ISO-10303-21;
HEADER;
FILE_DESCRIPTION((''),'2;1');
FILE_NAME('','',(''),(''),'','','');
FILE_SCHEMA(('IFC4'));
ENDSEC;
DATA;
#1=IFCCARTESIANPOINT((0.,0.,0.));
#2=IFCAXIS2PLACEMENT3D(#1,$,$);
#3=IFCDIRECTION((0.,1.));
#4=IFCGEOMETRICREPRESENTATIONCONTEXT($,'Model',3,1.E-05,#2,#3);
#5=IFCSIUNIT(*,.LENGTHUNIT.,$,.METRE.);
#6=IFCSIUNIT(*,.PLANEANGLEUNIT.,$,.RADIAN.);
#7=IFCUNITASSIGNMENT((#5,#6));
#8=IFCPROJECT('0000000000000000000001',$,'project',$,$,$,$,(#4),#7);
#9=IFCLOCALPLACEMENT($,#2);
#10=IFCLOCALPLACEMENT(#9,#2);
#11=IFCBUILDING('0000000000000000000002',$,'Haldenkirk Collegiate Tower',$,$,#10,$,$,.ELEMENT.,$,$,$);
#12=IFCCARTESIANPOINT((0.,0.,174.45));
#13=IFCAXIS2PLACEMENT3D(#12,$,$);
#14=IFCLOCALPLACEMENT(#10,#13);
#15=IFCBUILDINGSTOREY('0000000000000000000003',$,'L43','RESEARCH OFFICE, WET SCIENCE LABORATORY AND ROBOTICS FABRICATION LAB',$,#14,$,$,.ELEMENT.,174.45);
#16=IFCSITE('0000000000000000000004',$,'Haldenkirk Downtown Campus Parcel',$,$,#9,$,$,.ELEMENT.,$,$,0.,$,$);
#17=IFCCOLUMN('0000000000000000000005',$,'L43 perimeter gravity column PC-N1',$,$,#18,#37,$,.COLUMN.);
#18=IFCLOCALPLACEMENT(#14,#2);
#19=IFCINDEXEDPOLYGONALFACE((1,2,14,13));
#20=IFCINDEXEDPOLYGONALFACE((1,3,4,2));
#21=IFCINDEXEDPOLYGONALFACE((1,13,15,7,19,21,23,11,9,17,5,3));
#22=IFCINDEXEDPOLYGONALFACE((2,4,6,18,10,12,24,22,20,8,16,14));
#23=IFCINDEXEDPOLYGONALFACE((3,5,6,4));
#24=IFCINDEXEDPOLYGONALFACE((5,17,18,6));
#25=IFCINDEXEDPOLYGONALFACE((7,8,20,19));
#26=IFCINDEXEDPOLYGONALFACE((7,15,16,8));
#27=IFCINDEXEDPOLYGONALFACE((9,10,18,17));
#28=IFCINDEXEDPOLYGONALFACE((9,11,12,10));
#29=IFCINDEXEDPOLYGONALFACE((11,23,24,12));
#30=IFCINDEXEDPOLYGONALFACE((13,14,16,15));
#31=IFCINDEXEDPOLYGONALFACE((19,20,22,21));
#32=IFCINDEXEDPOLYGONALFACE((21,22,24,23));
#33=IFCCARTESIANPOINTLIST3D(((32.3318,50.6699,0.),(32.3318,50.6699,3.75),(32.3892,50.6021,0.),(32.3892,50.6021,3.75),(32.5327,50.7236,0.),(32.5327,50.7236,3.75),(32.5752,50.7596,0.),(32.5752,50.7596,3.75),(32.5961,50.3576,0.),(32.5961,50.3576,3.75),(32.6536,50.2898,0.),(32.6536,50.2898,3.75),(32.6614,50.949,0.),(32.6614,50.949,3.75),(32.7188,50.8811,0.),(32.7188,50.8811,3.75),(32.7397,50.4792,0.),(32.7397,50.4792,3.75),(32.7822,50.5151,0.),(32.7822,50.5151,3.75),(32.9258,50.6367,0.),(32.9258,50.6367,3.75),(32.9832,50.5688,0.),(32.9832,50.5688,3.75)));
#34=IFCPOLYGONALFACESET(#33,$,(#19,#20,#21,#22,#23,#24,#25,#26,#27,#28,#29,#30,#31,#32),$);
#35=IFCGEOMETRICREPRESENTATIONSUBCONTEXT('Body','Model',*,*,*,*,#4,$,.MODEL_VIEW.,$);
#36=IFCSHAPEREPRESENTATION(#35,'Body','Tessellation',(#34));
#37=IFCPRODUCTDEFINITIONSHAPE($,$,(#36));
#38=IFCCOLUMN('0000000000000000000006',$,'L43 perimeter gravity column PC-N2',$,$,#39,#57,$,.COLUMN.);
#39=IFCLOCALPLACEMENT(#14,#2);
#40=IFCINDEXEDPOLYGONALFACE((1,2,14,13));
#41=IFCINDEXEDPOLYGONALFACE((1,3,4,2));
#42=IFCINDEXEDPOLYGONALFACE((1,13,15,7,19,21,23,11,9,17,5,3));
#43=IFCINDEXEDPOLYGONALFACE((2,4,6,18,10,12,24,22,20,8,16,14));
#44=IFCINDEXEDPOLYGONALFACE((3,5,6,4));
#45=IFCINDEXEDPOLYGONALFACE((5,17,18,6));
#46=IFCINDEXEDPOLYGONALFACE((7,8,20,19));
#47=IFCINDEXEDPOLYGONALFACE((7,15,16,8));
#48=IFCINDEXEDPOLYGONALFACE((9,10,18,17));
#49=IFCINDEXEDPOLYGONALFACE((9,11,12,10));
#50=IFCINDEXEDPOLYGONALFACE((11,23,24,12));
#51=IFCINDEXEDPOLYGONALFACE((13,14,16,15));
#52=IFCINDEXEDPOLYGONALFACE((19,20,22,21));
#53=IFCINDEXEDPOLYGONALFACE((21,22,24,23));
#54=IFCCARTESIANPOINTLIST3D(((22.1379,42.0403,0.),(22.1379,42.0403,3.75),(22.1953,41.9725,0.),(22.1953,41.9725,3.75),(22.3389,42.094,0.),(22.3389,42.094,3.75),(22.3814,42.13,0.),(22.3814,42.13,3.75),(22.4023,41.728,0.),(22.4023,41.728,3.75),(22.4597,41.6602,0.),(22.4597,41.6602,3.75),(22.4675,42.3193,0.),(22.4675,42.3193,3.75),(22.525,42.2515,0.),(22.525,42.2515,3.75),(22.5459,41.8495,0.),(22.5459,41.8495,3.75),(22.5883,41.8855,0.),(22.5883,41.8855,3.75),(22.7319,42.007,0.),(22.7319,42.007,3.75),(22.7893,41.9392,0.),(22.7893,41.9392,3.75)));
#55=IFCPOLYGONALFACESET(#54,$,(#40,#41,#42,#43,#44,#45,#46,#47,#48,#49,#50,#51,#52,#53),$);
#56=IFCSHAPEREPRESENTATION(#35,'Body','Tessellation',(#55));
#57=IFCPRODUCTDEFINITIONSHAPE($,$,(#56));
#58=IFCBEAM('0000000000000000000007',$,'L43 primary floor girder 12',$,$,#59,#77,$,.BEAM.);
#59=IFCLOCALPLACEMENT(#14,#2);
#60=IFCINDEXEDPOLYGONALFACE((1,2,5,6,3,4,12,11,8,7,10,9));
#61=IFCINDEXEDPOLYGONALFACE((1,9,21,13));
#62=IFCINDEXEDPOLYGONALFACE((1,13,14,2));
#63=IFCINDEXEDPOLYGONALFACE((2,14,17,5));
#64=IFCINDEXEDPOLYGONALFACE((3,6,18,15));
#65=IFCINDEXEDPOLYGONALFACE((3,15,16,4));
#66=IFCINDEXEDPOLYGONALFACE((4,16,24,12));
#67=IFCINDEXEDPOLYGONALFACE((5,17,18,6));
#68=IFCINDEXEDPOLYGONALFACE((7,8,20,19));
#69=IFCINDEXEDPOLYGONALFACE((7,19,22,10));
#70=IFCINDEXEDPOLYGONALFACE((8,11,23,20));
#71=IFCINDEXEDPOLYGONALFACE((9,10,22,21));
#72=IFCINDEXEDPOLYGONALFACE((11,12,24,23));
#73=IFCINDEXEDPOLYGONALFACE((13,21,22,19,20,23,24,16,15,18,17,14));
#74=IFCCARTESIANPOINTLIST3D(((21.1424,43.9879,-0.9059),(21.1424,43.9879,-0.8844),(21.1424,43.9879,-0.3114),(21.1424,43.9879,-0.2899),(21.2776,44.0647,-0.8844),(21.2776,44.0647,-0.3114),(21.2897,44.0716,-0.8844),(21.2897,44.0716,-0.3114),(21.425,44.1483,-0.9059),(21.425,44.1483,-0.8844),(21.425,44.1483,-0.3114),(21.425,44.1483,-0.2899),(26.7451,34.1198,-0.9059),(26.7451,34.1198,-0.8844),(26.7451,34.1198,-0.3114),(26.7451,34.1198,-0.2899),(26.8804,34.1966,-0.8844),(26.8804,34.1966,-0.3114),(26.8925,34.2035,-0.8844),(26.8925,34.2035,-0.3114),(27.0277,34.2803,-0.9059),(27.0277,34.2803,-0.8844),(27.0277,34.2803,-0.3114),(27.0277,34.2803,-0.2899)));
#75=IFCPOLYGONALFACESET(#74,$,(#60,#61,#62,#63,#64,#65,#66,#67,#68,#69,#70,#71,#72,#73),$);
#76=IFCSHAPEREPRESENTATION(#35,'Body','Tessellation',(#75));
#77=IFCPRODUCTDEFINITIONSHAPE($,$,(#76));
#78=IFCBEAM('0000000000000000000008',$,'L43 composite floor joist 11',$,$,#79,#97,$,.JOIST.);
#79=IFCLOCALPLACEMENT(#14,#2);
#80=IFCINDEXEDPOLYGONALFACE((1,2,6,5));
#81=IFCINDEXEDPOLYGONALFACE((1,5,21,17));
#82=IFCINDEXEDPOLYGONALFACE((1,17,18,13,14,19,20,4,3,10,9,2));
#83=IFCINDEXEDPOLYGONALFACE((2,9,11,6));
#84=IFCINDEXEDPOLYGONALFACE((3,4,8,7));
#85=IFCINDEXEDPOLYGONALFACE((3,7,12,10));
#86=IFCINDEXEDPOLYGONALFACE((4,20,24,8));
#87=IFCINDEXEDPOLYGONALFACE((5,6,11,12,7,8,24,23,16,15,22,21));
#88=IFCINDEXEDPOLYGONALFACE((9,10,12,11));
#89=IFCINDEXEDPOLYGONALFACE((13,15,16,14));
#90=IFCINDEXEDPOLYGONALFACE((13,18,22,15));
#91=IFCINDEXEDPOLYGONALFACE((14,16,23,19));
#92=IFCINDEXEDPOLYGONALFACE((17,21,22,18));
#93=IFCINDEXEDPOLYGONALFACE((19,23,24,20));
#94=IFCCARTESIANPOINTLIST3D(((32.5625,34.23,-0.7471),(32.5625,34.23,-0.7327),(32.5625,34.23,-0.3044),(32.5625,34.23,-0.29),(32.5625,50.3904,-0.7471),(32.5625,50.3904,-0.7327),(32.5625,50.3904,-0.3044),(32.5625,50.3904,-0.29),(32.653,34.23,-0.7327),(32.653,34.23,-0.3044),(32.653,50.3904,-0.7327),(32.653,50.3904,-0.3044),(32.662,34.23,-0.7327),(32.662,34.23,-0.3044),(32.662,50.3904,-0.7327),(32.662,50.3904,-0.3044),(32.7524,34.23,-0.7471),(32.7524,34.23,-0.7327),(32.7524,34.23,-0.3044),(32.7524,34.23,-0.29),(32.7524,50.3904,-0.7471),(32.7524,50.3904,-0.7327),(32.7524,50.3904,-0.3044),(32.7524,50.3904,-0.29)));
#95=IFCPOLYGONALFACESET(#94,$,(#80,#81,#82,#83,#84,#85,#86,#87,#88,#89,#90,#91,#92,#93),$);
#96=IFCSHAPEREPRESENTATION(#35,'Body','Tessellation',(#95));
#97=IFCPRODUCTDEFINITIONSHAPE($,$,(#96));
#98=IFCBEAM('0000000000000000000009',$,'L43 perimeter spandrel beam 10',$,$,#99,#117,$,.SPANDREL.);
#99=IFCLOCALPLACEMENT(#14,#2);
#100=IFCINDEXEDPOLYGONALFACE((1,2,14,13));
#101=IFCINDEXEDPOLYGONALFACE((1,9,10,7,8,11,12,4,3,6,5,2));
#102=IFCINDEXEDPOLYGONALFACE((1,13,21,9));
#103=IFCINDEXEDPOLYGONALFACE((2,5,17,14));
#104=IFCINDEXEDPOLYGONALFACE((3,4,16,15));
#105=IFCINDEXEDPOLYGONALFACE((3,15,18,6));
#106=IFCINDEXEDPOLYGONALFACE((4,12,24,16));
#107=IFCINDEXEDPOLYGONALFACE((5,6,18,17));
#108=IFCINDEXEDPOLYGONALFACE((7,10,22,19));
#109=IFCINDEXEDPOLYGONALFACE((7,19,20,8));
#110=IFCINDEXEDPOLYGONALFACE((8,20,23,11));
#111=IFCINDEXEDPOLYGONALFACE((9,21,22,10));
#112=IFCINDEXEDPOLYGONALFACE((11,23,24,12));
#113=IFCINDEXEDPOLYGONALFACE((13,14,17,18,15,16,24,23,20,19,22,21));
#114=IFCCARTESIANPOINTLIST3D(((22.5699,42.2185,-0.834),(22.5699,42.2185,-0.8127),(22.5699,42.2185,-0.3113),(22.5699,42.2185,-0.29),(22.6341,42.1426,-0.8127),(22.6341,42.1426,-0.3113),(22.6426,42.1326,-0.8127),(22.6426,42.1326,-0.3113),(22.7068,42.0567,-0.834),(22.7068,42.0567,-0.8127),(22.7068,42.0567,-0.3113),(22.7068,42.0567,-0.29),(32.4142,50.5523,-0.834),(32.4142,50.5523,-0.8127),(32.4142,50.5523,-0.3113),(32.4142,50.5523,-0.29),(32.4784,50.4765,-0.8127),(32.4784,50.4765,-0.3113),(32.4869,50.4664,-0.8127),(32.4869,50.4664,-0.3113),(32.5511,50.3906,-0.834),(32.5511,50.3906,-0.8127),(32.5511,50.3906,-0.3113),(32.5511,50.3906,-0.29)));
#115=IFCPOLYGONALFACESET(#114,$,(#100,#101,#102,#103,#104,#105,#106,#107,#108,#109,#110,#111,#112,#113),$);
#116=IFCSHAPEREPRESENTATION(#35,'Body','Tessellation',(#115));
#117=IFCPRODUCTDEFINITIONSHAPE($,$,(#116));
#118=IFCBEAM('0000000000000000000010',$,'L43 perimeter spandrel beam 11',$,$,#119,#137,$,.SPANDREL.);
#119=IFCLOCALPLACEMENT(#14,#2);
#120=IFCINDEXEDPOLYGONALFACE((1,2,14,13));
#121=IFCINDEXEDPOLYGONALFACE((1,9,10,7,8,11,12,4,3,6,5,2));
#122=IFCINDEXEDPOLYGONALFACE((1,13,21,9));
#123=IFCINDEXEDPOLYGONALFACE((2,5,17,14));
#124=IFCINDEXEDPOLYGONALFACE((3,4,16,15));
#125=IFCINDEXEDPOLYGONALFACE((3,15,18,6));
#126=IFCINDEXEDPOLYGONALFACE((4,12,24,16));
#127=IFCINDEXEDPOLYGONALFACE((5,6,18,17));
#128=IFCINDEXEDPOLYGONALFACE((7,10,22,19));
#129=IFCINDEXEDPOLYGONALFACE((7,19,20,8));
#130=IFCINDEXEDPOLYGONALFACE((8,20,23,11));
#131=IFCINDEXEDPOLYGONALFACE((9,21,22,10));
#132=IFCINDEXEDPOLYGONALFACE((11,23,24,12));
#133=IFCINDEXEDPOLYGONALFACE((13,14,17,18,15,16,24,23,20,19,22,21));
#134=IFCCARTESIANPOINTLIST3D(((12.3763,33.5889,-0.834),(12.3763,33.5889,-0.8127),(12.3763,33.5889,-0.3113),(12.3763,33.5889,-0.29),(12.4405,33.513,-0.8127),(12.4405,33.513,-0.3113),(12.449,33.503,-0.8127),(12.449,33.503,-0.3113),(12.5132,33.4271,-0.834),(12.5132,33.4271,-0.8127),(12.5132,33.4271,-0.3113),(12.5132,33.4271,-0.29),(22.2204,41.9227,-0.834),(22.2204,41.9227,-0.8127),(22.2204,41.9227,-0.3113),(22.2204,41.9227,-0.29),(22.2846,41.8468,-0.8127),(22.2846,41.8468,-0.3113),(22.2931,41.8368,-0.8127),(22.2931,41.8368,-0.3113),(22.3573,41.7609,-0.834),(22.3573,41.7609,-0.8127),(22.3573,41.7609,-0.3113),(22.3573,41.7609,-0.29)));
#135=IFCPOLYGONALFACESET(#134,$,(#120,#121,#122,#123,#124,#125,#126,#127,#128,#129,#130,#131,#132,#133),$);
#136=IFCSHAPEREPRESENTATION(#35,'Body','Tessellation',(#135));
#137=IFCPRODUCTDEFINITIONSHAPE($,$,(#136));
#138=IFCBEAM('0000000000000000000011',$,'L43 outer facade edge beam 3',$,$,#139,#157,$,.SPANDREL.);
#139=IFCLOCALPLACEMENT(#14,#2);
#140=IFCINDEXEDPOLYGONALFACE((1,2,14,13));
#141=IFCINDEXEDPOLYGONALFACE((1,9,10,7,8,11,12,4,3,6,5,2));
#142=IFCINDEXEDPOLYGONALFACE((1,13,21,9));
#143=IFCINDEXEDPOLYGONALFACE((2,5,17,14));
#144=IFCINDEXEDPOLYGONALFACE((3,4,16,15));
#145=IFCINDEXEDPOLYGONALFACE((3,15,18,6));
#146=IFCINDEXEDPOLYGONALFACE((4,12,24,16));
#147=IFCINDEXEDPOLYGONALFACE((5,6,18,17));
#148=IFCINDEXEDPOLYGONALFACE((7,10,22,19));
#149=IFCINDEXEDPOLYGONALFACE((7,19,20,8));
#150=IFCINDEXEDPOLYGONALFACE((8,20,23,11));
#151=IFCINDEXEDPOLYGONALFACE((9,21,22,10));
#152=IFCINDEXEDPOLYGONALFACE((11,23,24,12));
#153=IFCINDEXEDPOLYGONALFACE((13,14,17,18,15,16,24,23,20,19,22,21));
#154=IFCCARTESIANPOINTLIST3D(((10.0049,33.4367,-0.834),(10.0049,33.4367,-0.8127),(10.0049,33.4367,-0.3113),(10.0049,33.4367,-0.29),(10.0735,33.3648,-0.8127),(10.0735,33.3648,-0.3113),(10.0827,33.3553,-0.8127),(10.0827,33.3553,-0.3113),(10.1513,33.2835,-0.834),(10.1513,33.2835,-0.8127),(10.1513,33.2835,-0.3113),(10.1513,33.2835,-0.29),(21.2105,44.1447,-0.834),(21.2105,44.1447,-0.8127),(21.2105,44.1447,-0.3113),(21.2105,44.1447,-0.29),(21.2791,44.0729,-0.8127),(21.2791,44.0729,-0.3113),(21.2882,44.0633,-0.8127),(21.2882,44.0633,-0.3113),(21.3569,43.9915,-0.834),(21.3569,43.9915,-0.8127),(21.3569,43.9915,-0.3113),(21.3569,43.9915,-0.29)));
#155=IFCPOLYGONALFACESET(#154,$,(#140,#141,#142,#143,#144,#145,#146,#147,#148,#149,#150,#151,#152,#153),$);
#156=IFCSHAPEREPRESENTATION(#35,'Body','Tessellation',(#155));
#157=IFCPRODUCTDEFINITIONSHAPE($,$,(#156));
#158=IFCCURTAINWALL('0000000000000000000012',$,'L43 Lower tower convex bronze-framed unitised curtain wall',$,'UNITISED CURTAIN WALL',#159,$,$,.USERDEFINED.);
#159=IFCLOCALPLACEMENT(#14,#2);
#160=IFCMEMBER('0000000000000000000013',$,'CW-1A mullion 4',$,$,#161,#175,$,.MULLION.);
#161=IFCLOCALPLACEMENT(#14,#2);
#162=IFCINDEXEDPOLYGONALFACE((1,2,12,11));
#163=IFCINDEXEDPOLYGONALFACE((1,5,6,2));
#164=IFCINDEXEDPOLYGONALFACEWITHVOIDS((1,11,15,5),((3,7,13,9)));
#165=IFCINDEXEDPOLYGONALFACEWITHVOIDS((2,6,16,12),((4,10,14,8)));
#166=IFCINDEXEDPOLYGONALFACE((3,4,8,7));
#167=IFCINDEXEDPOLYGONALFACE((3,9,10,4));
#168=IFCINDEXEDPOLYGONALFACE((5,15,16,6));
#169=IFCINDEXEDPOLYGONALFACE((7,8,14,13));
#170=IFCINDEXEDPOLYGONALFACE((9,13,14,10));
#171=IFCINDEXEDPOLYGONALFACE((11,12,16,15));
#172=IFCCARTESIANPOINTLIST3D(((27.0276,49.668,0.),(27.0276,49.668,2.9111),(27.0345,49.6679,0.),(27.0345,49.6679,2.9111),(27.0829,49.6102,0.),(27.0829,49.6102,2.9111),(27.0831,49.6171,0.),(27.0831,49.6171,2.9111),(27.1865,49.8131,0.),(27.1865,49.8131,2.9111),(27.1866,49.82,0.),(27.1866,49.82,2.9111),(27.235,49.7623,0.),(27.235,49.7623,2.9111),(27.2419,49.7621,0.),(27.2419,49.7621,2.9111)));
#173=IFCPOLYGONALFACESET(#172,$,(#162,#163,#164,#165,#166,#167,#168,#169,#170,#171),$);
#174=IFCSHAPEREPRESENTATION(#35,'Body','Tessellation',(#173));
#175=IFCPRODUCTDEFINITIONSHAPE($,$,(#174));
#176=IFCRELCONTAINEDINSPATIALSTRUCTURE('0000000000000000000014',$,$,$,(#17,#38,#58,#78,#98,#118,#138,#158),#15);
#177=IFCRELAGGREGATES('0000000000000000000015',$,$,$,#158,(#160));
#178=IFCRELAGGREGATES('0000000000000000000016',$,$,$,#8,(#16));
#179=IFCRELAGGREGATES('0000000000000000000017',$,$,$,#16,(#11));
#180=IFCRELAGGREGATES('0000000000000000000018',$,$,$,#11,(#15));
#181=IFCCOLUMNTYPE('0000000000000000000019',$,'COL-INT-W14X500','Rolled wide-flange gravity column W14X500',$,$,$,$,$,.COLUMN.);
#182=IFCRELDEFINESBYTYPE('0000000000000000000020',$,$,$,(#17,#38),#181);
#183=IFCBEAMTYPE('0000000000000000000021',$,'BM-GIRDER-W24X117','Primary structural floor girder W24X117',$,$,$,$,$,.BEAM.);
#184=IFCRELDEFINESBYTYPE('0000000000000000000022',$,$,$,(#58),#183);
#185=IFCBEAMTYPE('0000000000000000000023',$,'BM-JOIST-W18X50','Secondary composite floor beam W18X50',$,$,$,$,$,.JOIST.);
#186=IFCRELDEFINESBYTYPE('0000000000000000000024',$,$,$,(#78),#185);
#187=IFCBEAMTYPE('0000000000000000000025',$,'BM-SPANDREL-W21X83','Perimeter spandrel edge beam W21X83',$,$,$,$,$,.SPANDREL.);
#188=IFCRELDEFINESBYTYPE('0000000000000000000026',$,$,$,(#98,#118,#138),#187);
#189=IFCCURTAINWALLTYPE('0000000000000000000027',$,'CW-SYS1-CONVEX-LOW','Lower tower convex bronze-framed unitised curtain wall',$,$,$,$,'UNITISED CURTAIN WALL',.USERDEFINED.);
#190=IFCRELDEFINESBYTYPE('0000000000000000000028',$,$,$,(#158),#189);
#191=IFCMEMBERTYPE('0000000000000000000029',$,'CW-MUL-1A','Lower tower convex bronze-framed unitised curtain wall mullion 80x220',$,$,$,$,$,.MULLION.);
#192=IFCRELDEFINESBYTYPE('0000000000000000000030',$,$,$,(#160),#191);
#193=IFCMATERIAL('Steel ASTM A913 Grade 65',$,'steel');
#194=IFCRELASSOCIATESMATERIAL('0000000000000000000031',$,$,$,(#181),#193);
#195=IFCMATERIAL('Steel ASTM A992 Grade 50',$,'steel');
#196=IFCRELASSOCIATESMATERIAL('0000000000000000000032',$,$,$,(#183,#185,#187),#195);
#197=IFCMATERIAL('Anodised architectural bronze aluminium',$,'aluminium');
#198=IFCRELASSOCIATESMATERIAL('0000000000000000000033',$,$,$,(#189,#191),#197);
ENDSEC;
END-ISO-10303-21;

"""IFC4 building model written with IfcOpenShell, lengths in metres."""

from ifc_helpers import new_model, si_unit, direction, frame, origin, origin_2d, place, context, subcontext, project, spatial, hollow_rectangle, i_section, extrude, material, material_profile, profile_set, type_object, element, aggregate, save


model = new_model("IFC4")

# Units and contexts
model_context = context("Model", 3, precision=1e-05, world=origin(), true_north=direction((0.0, 1.0)))
body_context = subcontext(model_context, "Body", "Model", "MODEL_VIEW")
ifc_project = project(units=[si_unit("LENGTHUNIT", "METRE"), si_unit("PLANEANGLEUNIT", "RADIAN")], contexts=[model_context])

# Site, building, storey
site_placement = place(None, origin())
site = spatial("IfcSite", under=ifc_project, at=site_placement, Name="Haldenkirk Downtown Campus Parcel", CompositionType="ELEMENT", RefElevation=0.0)
building_placement = place(site_placement, origin())
building = spatial("IfcBuilding", under=site, at=building_placement, Name="Haldenkirk Collegiate Tower", CompositionType="ELEMENT")
storey_placement = place(building_placement, frame((0.0, 0.0, 174.45)))
storey = spatial("IfcBuildingStorey", under=building, at=storey_placement, Name="L43", Description="RESEARCH OFFICE, WET SCIENCE LABORATORY AND ROBOTICS FABRICATION LAB", CompositionType="ELEMENT", Elevation=174.45)

# Columns
ifc_material_1 = material(Name="Steel ASTM A913 Grade 65", Category="steel")
ifc_material_profile_1 = material_profile(ifc_material_1, i_section(OverallWidth=0.4319, OverallDepth=0.498, WebThickness=0.0557, FlangeThickness=0.0889, at=origin_2d()), Name="W14X500")
ifc_profile_set_1 = profile_set([ifc_material_profile_1], Name="Steel ASTM A913 Grade 65")
column_type = type_object("IfcColumnType", Name="COL-INT-W14X500", Description="Rolled wide-flange gravity column W14X500", PredefinedType="COLUMN", material=ifc_profile_set_1)
for number, where, z_axis, x_axis, name in (
    (1, (32.6575, 50.6194, 0.0), (0.0, 0.0, 1.0), (0.763232, 0.646124, 0.0), "L43 perimeter gravity column PC-N1"),
    (2, (22.4636, 41.9897, 0.0), (0.0, 0.0, 1.0), (0.763232, 0.646124, 0.0), "L43 perimeter gravity column PC-N2"),
):
    element("IfcColumn", number, at=place(storey_placement, frame(where, z_axis=z_axis, x_axis=x_axis)), inside=storey, type_object=column_type, Name=name, PredefinedType="COLUMN", context=body_context, shape_type="SweptSolid", body=[
        extrude(i_section(OverallWidth=0.4319, OverallDepth=0.498, WebThickness=0.0557, FlangeThickness=0.0889, at=origin_2d()), origin(), (0.0, 0.0, 1.0), 3.75),
    ])

# Beams
ifc_material_2 = material(Name="Steel ASTM A992 Grade 50", Category="steel")
ifc_material_profile_2 = material_profile(ifc_material_2, i_section(OverallWidth=0.325, OverallDepth=0.616, WebThickness=0.0139, FlangeThickness=0.0215, at=origin_2d()), Name="W24X117")
ifc_profile_set_2 = profile_set([ifc_material_profile_2], Name="Steel ASTM A992 Grade 50")
beam_type_1 = type_object("IfcBeamType", Name="BM-GIRDER-W24X117", Description="Primary structural floor girder W24X117", PredefinedType="BEAM", material=ifc_profile_set_2)
beam_1_placement = place(storey_placement, frame((21.2837, 44.0681, -0.5979), z_axis=(0.493734, -0.869613, 0.0), x_axis=(0.869613, 0.493734, 0.0)))
element("IfcBeam", 3, at=beam_1_placement, inside=storey, type_object=beam_type_1, Name="L43 primary floor girder 12", PredefinedType="BEAM", context=body_context, shape_type="SweptSolid", body=[
    extrude(i_section(OverallWidth=0.325, OverallDepth=0.616, WebThickness=0.0139, FlangeThickness=0.0215, at=origin_2d()), origin(), (0.0, 0.0, 1.0), 11.3477),
])
ifc_material_profile_3 = material_profile(ifc_material_2, i_section(OverallWidth=0.1899, OverallDepth=0.457, WebThickness=0.009, FlangeThickness=0.0144, at=origin_2d()), Name="W18X50")
ifc_profile_set_3 = profile_set([ifc_material_profile_3], Name="Steel ASTM A992 Grade 50")
beam_type_2 = type_object("IfcBeamType", Name="BM-JOIST-W18X50", Description="Secondary composite floor beam W18X50", PredefinedType="JOIST", material=ifc_profile_set_3)
beam_2_placement = place(storey_placement, frame((32.6575, 50.3904, -0.5186), z_axis=(0.0, -1.0, 0.0), x_axis=(1.0, 0.0, 0.0)))
element("IfcBeam", 4, at=beam_2_placement, inside=storey, type_object=beam_type_2, Name="L43 composite floor joist 11", PredefinedType="JOIST", context=body_context, shape_type="SweptSolid", body=[
    extrude(i_section(OverallWidth=0.1899, OverallDepth=0.457, WebThickness=0.009, FlangeThickness=0.0144, at=origin_2d()), origin(), (0.0, 0.0, 1.0), 16.1604),
])
ifc_material_profile_4 = material_profile(ifc_material_2, i_section(OverallWidth=0.2119, OverallDepth=0.5439, WebThickness=0.0132, FlangeThickness=0.0212, at=origin_2d()), Name="W21X83")
ifc_profile_set_4 = profile_set([ifc_material_profile_4], Name="Steel ASTM A992 Grade 50")
beam_type_3 = type_object("IfcBeamType", Name="BM-SPANDREL-W21X83", Description="Perimeter spandrel edge beam W21X83", PredefinedType="SPANDREL", material=ifc_profile_set_4)
beam_3_placement = place(storey_placement, frame((32.4827, 50.4714, -0.562), z_axis=(-0.763233, -0.646123, 0.0), x_axis=(0.646123, -0.763233, 0.0)))
element("IfcBeam", 5, at=beam_3_placement, inside=storey, type_object=beam_type_3, Name="L43 perimeter spandrel beam 10", PredefinedType="SPANDREL", context=body_context, shape_type="SweptSolid", body=[
    extrude(i_section(OverallWidth=0.2119, OverallDepth=0.5439, WebThickness=0.0132, FlangeThickness=0.0212, at=origin_2d()), origin(), (0.0, 0.0, 1.0), 12.8982),
])
beam_4_placement = place(storey_placement, frame((22.2888, 41.8418, -0.562), z_axis=(-0.763225, -0.646132, 0.0), x_axis=(0.646132, -0.763225, 0.0)))
element("IfcBeam", 6, at=beam_4_placement, inside=storey, type_object=beam_type_3, Name="L43 perimeter spandrel beam 11", PredefinedType="SPANDREL", context=body_context, shape_type="SweptSolid", body=[
    extrude(i_section(OverallWidth=0.2119, OverallDepth=0.5439, WebThickness=0.0132, FlangeThickness=0.0212, at=origin_2d()), origin(), (0.0, 0.0, 1.0), 12.8979),
])
beam_5_placement = place(storey_placement, frame((21.2837, 44.0681, -0.562), z_axis=(-0.722976, -0.690874, 0.0), x_axis=(0.690874, -0.722976, 0.0)))
element("IfcBeam", 7, at=beam_5_placement, inside=storey, type_object=beam_type_3, Name="L43 outer facade edge beam 3", PredefinedType="SPANDREL", context=body_context, shape_type="SweptSolid", body=[
    extrude(i_section(OverallWidth=0.2119, OverallDepth=0.5439, WebThickness=0.0132, FlangeThickness=0.0212, at=origin_2d()), origin(), (0.0, 0.0, 1.0), 15.4993),
])

# Curtain wall, member
ifc_material_3 = material(Name="Anodised architectural bronze aluminium", Category="aluminium")
curtain_wall_type = type_object("IfcCurtainWallType", Name="CW-SYS1-CONVEX-LOW", Description="Lower tower convex bronze-framed unitised curtain wall", ElementType="UNITISED CURTAIN WALL", PredefinedType="USERDEFINED", material=ifc_material_3)
curtain_wall_placement = place(storey_placement, origin())
curtain_wall = element("IfcCurtainWall", 8, at=curtain_wall_placement, inside=storey, type_object=curtain_wall_type, Name="L43 Lower tower convex bronze-framed unitised curtain wall", ObjectType="UNITISED CURTAIN WALL", PredefinedType="USERDEFINED")
ifc_material_profile_5 = material_profile(ifc_material_3, hollow_rectangle(XDim=0.0801, YDim=0.22, WallThickness=0.0049, at=origin_2d()), Name="CW-MUL-1A")
ifc_profile_set_5 = profile_set([ifc_material_profile_5], Name="Anodised architectural bronze aluminium")
member_type_1 = type_object("IfcMemberType", Name="CW-MUL-1A", Description="Lower tower convex bronze-framed unitised curtain wall mullion 80x220", PredefinedType="MULLION", material=ifc_profile_set_5)
member_1_placement = place(storey_placement, frame((27.1348, 49.7151, 0.0), z_axis=(0.0, 0.0, 1.0), x_axis=(-0.690882, 0.722967, 0.0)))
member_1 = element("IfcMember", 9, at=member_1_placement, type_object=member_type_1, Name="CW-1A mullion 4", PredefinedType="MULLION", context=body_context, shape_type="SweptSolid", body=[
    extrude(hollow_rectangle(XDim=0.0801, YDim=0.22, WallThickness=0.0049, at=origin_2d()), origin(), (0.0, 0.0, 1.0), 2.9111),
])
aggregate(curtain_wall, [member_1])

save(model, "model.ifc")
